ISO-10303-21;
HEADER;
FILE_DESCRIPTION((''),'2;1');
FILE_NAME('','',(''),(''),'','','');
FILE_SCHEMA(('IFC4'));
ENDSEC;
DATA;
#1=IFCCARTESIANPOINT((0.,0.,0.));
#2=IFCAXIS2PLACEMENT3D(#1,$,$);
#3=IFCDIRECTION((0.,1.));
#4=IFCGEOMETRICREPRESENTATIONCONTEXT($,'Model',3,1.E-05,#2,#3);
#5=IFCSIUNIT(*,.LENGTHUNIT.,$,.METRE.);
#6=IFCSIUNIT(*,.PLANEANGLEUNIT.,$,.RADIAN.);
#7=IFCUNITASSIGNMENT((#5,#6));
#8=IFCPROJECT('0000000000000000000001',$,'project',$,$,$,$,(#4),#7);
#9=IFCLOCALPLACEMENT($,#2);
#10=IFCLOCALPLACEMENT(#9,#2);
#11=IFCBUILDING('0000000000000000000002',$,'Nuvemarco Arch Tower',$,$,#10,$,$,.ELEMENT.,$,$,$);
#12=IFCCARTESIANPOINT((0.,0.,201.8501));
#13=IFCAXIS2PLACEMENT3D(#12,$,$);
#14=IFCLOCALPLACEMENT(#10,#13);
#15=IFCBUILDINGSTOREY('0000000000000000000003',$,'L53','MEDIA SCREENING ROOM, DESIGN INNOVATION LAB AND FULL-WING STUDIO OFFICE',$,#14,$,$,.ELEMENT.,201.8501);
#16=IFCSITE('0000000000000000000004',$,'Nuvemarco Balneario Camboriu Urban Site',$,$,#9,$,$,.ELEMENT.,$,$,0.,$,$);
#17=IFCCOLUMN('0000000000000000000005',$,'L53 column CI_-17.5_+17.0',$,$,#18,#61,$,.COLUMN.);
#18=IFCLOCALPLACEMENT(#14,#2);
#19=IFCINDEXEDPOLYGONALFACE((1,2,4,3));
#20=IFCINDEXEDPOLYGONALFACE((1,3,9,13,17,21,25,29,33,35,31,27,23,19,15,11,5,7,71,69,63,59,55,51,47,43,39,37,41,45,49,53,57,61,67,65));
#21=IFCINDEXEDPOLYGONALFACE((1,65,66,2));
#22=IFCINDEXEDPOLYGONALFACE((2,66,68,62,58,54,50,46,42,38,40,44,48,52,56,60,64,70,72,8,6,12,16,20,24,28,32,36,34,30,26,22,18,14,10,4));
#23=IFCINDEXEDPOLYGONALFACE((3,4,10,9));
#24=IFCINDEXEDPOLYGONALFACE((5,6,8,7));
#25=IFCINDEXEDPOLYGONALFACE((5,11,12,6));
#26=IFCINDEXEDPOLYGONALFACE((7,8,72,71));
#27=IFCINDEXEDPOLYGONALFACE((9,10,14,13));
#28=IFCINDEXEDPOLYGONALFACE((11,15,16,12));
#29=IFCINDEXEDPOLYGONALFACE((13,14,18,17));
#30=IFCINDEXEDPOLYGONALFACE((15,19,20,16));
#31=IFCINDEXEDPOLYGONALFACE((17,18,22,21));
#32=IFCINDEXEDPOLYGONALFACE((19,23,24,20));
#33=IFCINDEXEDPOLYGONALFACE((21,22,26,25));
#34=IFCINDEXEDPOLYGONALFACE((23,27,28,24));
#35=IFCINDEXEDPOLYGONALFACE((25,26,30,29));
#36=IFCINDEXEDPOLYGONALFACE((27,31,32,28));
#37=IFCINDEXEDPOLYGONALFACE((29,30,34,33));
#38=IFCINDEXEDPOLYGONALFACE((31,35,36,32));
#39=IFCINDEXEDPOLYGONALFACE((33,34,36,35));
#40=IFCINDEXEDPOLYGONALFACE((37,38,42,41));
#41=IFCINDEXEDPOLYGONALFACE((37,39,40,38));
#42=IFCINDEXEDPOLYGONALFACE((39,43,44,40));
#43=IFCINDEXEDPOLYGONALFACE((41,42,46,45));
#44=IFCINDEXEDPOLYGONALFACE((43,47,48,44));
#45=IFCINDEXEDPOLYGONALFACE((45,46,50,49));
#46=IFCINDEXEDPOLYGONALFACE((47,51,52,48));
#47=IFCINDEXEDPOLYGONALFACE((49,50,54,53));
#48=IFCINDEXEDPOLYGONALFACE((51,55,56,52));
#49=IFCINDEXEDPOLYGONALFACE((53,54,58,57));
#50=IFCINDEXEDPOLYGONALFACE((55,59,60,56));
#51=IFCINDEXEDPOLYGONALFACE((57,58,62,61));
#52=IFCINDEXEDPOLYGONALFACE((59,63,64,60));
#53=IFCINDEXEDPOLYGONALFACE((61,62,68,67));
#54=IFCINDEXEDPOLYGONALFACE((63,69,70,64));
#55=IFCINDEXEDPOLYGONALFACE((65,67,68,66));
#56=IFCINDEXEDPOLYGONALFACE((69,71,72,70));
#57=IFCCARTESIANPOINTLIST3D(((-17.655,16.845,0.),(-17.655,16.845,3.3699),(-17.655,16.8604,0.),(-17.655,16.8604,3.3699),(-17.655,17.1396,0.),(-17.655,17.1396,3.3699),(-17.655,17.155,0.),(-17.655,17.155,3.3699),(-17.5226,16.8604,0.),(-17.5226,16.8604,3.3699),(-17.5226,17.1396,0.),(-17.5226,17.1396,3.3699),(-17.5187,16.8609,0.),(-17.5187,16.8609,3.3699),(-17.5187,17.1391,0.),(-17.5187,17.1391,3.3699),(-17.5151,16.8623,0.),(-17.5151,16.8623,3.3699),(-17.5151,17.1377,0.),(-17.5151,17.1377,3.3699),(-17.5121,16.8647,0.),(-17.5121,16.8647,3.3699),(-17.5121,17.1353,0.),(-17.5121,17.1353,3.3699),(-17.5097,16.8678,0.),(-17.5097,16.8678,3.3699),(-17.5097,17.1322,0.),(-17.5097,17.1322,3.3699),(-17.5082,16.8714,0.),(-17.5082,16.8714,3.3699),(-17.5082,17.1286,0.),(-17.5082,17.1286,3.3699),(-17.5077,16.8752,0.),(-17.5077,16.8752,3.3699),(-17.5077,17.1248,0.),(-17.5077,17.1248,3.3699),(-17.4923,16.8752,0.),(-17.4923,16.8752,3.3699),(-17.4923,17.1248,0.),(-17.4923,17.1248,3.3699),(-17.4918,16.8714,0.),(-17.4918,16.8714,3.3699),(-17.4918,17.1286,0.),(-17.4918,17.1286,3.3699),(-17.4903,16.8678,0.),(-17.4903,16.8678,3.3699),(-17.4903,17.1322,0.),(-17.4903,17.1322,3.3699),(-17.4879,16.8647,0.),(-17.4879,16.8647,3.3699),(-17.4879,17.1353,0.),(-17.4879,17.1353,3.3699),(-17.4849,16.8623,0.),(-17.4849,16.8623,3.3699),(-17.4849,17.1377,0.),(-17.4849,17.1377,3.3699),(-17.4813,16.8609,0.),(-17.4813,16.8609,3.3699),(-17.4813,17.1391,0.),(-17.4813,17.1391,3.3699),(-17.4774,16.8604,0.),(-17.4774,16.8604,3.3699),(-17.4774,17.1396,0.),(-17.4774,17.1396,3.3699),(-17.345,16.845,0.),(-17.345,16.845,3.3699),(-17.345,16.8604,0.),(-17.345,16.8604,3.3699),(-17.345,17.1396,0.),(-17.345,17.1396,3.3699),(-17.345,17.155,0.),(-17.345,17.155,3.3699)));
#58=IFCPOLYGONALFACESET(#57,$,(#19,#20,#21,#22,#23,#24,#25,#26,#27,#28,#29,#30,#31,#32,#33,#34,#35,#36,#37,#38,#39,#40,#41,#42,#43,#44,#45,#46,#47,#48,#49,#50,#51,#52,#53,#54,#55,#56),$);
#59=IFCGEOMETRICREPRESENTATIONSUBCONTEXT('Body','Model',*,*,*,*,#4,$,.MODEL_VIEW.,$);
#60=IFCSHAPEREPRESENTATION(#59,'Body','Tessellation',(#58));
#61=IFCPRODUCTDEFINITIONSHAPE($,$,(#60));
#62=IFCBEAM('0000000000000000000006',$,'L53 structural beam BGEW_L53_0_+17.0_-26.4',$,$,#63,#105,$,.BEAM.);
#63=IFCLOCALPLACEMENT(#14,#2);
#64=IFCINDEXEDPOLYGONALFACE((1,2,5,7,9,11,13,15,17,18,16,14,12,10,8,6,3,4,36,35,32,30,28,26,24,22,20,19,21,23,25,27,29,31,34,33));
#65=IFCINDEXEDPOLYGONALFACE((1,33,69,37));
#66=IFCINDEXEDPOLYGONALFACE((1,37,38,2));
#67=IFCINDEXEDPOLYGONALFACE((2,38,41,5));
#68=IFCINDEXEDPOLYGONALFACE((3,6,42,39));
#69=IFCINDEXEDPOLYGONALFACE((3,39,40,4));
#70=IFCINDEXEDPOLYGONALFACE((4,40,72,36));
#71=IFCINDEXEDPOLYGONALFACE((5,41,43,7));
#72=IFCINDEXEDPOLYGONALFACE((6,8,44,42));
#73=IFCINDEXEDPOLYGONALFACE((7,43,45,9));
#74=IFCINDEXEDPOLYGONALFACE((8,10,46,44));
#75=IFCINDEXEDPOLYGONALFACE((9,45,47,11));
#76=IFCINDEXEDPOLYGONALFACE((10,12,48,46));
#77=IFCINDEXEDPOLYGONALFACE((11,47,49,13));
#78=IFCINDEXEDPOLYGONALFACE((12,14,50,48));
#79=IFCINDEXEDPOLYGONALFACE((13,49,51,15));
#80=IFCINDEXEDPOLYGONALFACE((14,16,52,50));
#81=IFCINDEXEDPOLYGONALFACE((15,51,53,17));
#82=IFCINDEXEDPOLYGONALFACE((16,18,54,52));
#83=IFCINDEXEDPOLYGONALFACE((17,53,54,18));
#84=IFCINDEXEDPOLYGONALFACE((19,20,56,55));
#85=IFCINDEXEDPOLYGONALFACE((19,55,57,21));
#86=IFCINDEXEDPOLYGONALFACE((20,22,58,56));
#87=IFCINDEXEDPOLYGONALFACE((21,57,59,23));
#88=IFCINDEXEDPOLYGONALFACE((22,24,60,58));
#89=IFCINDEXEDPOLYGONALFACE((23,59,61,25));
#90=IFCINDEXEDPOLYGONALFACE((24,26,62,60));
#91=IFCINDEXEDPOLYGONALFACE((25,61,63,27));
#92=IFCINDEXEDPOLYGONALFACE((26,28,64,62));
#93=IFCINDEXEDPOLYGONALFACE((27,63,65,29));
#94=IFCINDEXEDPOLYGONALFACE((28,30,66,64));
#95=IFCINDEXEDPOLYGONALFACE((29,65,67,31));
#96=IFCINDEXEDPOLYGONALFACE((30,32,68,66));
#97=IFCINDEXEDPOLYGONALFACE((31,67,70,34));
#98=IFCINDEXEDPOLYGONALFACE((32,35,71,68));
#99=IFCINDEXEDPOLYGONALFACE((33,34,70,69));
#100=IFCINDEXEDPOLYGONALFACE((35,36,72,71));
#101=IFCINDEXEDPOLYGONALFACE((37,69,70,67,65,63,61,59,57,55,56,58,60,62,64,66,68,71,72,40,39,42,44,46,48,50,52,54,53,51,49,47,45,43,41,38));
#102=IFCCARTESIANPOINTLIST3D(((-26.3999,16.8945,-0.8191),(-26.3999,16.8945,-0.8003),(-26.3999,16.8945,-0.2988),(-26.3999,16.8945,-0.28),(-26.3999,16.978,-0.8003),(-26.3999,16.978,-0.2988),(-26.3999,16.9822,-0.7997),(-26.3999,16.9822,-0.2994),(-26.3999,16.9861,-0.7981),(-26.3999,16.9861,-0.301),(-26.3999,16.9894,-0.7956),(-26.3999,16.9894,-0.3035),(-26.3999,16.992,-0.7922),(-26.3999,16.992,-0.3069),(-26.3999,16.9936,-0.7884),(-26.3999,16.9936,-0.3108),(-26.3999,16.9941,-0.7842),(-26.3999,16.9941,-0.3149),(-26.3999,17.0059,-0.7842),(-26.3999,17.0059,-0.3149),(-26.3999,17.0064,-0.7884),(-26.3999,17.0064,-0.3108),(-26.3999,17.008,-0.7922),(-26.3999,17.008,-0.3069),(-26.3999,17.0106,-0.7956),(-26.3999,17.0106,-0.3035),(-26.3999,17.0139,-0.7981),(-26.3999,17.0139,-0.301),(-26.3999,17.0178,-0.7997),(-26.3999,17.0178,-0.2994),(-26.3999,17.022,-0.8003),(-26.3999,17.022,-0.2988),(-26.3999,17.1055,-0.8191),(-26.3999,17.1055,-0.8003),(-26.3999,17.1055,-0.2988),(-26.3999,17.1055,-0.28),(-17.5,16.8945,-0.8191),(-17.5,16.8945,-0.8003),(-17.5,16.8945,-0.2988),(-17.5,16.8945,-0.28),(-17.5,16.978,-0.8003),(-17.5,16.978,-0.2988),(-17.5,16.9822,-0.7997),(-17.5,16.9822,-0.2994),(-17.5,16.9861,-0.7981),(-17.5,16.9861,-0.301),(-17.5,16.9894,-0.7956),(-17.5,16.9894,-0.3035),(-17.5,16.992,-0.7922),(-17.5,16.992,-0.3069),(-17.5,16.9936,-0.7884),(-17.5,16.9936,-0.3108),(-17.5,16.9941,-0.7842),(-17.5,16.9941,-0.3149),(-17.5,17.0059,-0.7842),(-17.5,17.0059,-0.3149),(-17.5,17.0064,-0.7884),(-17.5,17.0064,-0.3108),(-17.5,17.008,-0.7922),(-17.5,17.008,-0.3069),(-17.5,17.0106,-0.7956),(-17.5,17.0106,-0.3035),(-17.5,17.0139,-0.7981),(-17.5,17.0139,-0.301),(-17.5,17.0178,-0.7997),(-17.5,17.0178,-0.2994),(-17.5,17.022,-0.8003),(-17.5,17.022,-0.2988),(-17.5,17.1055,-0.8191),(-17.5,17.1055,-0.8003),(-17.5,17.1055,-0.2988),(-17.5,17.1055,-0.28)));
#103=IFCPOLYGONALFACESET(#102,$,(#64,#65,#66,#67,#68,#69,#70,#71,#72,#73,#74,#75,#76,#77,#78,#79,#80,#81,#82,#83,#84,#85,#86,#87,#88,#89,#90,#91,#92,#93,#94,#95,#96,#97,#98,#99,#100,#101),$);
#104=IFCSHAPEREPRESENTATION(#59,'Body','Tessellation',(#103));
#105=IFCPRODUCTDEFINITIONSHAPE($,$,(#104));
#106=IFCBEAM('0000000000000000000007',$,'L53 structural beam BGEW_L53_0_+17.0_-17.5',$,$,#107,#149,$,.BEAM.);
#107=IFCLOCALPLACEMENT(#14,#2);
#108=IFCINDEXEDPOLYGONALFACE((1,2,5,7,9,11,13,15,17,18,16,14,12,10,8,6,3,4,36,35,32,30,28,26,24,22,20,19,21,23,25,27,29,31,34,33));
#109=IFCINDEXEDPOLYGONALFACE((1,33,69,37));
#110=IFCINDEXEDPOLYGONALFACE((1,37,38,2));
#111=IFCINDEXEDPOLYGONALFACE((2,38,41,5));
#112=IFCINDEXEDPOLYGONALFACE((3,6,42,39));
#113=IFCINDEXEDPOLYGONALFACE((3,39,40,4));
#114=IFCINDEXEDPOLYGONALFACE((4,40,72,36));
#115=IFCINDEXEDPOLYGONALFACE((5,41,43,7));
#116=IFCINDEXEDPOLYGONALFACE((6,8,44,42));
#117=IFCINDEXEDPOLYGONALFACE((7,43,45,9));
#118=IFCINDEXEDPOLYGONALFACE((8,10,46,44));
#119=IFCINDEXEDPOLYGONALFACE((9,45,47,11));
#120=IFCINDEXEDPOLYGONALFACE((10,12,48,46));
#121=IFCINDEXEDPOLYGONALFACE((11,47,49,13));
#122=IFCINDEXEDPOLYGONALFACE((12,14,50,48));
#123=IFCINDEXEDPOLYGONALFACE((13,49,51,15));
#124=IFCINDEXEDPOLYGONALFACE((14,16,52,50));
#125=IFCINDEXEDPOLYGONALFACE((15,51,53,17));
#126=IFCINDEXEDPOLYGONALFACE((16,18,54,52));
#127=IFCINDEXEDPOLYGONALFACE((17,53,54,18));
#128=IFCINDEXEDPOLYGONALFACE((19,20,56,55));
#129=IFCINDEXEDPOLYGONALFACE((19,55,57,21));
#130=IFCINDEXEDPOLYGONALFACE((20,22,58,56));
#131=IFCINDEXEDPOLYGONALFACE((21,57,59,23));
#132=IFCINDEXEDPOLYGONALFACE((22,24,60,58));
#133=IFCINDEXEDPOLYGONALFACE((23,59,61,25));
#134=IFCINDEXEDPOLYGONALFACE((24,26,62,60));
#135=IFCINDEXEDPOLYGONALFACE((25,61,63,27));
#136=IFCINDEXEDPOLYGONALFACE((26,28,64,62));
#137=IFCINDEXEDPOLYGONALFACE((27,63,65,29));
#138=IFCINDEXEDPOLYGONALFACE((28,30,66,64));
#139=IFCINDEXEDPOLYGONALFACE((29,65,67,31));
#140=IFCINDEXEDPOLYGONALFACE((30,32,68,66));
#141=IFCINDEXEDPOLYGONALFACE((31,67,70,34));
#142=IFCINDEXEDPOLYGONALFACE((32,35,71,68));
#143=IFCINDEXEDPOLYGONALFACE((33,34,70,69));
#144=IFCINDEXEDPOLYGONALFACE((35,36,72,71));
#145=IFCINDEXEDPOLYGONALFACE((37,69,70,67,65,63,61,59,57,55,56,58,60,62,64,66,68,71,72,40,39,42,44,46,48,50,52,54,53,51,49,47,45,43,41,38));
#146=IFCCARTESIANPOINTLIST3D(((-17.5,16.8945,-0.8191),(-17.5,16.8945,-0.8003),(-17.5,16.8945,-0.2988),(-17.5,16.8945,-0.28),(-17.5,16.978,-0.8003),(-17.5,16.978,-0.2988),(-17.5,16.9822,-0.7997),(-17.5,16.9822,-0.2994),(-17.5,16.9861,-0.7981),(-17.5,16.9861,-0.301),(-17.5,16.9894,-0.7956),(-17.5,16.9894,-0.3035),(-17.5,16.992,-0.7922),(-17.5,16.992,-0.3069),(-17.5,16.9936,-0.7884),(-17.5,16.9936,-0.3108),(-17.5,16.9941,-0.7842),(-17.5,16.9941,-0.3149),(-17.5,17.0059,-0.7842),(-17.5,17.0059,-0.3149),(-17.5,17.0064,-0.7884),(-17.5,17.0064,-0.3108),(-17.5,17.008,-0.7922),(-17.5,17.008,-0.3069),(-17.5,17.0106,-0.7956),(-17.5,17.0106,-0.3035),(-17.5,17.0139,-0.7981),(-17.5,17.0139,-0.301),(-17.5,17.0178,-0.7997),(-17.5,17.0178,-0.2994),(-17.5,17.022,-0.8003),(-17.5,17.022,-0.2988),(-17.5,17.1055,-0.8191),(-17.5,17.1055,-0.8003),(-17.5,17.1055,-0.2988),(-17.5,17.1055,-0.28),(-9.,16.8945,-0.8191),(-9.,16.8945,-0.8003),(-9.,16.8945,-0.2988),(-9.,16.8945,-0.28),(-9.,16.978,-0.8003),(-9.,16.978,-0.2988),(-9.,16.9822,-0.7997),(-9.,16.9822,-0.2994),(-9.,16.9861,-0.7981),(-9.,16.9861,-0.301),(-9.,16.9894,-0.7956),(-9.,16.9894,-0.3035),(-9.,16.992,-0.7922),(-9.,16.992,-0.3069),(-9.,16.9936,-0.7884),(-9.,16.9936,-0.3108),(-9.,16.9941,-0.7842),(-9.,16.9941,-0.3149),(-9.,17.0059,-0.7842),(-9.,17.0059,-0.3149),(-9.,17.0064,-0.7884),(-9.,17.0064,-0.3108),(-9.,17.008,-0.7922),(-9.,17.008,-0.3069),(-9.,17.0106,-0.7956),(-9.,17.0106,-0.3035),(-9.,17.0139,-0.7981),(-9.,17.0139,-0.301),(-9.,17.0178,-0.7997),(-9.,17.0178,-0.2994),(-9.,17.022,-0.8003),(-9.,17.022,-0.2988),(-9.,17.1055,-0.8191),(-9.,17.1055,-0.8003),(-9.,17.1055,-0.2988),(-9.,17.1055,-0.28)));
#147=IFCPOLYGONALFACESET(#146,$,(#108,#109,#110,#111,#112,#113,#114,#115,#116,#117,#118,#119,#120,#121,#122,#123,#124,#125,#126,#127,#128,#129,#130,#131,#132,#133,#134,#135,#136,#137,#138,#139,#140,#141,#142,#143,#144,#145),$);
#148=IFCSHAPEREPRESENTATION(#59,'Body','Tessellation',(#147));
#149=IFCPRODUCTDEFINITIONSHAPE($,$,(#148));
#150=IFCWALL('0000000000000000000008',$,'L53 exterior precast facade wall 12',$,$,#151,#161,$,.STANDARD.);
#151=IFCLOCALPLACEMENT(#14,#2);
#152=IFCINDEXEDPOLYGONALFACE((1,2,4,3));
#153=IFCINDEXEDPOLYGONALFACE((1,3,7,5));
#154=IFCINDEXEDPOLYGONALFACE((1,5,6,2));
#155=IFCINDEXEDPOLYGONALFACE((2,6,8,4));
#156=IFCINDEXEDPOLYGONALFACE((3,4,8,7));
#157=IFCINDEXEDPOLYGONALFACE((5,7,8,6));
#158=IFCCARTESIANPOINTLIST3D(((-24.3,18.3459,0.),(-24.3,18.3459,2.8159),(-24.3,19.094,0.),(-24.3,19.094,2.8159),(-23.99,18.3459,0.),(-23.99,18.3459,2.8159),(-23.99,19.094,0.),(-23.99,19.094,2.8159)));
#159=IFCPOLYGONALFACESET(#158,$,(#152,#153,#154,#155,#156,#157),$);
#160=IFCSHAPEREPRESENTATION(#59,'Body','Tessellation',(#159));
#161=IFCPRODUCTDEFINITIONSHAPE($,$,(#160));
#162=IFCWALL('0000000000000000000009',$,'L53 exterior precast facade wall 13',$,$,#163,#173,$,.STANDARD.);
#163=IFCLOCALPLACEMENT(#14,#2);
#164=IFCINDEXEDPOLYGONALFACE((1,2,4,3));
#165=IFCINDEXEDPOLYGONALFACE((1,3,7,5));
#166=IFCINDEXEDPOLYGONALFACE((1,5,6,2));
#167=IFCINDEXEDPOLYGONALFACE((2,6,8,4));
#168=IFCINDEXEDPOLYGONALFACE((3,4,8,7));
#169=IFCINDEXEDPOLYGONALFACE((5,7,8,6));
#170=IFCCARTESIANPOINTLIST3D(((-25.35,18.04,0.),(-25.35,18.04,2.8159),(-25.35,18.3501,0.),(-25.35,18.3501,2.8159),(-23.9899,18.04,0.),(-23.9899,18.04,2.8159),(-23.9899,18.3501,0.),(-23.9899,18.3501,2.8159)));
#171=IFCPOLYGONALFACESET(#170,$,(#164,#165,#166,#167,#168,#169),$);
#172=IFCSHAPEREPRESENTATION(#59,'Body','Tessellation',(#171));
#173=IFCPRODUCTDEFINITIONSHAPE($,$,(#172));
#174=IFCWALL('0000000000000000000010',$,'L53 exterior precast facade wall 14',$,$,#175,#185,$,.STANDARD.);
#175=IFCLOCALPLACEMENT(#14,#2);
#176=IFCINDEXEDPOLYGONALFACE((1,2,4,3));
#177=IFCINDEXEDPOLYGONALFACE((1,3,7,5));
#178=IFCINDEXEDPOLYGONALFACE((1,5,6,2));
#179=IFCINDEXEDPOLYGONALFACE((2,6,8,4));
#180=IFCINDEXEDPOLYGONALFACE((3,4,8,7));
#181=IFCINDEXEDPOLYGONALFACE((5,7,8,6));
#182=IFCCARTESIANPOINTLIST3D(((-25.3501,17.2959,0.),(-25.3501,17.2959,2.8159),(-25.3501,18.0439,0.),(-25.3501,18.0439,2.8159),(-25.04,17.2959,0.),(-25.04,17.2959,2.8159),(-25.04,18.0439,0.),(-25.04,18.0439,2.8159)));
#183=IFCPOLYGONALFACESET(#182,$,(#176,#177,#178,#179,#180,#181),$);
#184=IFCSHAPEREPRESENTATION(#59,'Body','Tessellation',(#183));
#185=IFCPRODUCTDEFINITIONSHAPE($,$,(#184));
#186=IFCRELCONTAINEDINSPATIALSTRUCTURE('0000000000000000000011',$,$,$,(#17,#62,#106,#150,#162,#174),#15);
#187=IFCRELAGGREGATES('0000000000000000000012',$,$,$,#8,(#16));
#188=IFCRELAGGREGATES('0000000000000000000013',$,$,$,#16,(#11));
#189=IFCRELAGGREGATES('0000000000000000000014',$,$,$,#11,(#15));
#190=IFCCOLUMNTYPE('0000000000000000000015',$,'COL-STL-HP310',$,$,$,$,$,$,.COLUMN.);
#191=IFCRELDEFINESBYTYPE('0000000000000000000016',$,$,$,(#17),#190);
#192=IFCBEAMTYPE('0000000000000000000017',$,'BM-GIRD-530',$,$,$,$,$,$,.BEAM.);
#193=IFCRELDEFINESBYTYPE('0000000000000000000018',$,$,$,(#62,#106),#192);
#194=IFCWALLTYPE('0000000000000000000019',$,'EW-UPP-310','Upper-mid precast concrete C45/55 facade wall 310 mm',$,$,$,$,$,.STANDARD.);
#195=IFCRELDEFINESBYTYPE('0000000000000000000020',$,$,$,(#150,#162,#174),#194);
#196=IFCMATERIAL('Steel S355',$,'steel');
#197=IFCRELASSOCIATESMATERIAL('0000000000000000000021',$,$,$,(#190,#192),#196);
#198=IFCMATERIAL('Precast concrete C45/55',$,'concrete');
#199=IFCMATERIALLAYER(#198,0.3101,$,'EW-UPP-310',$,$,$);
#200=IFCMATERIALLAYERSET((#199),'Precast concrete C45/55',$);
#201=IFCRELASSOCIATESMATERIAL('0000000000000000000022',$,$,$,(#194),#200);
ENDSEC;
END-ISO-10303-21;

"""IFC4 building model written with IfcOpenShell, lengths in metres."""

from ifc_helpers import new_model, si_unit, direction, frame, frame_2d, origin, origin_2d, place, context, subcontext, project, spatial, rectangle, i_section, extrude, material, layer, layer_set, material_profile, profile_set, type_object, element, save


model = new_model("IFC4")

# Units and contexts
model_context = context("Model", 3, precision=1e-05, world=origin(), true_north=direction((0.0, 1.0)))
body_context = subcontext(model_context, "Body", "Model", "MODEL_VIEW")
ifc_project = project(units=[si_unit("LENGTHUNIT", "METRE"), si_unit("PLANEANGLEUNIT", "RADIAN")], contexts=[model_context])

# Site, building, storey
site_placement = place(None, origin())
site = spatial("IfcSite", under=ifc_project, at=site_placement, Name="Nuvemarco Balneario Camboriu Urban Site", CompositionType="ELEMENT", RefElevation=0.0)
building_placement = place(site_placement, origin())
building = spatial("IfcBuilding", under=site, at=building_placement, Name="Nuvemarco Arch Tower", CompositionType="ELEMENT")
storey_placement = place(building_placement, frame((0.0, 0.0, 201.8501)))
storey = spatial("IfcBuildingStorey", under=building, at=storey_placement, Name="L53", Description="MEDIA SCREENING ROOM, DESIGN INNOVATION LAB AND FULL-WING STUDIO OFFICE", CompositionType="ELEMENT", Elevation=201.8501)

# Column
ifc_material_1 = material(Name="Steel S355", Category="steel")
ifc_material_profile_1 = material_profile(ifc_material_1, i_section(OverallWidth=0.3101, OverallDepth=0.3101, WebThickness=0.0154, FlangeThickness=0.0154, FilletRadius=0.0149, at=origin_2d()), Name="HP310x110")
ifc_profile_set_1 = profile_set([ifc_material_profile_1], Name="Steel S355")
column_type = type_object("IfcColumnType", Name="COL-STL-HP310", PredefinedType="COLUMN", material=ifc_profile_set_1)
column_placement = place(storey_placement, frame((-17.5, 17.0, 0.0), z_axis=(0.0, 0.0, 1.0), x_axis=(1.0, 0.0, 0.0)))
element("IfcColumn", 1, at=column_placement, inside=storey, type_object=column_type, Name="L53 column CI_-17.5_+17.0", PredefinedType="COLUMN", context=body_context, shape_type="SweptSolid", body=[
    extrude(i_section(OverallWidth=0.3101, OverallDepth=0.3101, WebThickness=0.0154, FlangeThickness=0.0154, FilletRadius=0.0149, at=origin_2d()), origin(), (0.0, 0.0, 1.0), 3.3699),
])

# Beams
ifc_material_profile_2 = material_profile(ifc_material_1, i_section(OverallWidth=0.2109, OverallDepth=0.5391, WebThickness=0.0117, FlangeThickness=0.0188, FilletRadius=0.0161, at=origin_2d()), Name="W530x109")
ifc_profile_set_2 = profile_set([ifc_material_profile_2], Name="Steel S355")
beam_type = type_object("IfcBeamType", Name="BM-GIRD-530", PredefinedType="BEAM", material=ifc_profile_set_2)
beam_1_placement = place(storey_placement, frame((-26.3999, 17.0, -0.5496), z_axis=(1.0, 0.0, 0.0), x_axis=(0.0, 1.0, 0.0)))
element("IfcBeam", 2, at=beam_1_placement, inside=storey, type_object=beam_type, Name="L53 structural beam BGEW_L53_0_+17.0_-26.4", PredefinedType="BEAM", context=body_context, shape_type="SweptSolid", body=[
    extrude(i_section(OverallWidth=0.2109, OverallDepth=0.5391, WebThickness=0.0117, FlangeThickness=0.0188, FilletRadius=0.0161, at=origin_2d()), origin(), (0.0, 0.0, 1.0), 8.8999),
])
beam_2_placement = place(storey_placement, frame((-17.5, 17.0, -0.5496), z_axis=(1.0, 0.0, 0.0), x_axis=(0.0, 1.0, 0.0)))
element("IfcBeam", 3, at=beam_2_placement, inside=storey, type_object=beam_type, Name="L53 structural beam BGEW_L53_0_+17.0_-17.5", PredefinedType="BEAM", context=body_context, shape_type="SweptSolid", body=[
    extrude(i_section(OverallWidth=0.2109, OverallDepth=0.5391, WebThickness=0.0117, FlangeThickness=0.0188, FilletRadius=0.0161, at=origin_2d()), origin(), (0.0, 0.0, 1.0), 8.5),
])

# Shared definitions
ifc_material_2 = material(Name="Precast concrete C45/55", Category="concrete")
ifc_layer = layer(ifc_material_2, 0.3101, Name="EW-UPP-310")
ifc_layer_set = layer_set([ifc_layer], Name="Precast concrete C45/55")
wall_type = type_object("IfcWallType", Name="EW-UPP-310", Description="Upper-mid precast concrete C45/55 facade wall 310 mm", PredefinedType="STANDARD", material=ifc_layer_set)

# Walls
wall_1_placement = place(storey_placement, frame((-24.145, 18.3459, 0.0), z_axis=(0.0, 0.0, 1.0), x_axis=(0.0, 1.0, 0.0)))
element("IfcWall", 4, at=wall_1_placement, inside=storey, type_object=wall_type, Name="L53 exterior precast facade wall 12", PredefinedType="STANDARD", context=body_context, shape_type="SweptSolid", body=[
    extrude(rectangle(XDim=0.748, YDim=0.3101, at=frame_2d((0.374, 0.0))), origin(), (0.0, 0.0, 1.0), 2.8159),
])
wall_2_placement = place(storey_placement, frame((-25.3501, 18.1951, 0.0), z_axis=(0.0, 0.0, 1.0), x_axis=(1.0, 0.0, 0.0)))
element("IfcWall", 5, at=wall_2_placement, inside=storey, type_object=wall_type, Name="L53 exterior precast facade wall 13", PredefinedType="STANDARD", context=body_context, shape_type="SweptSolid", body=[
    extrude(rectangle(XDim=1.3601, YDim=0.3101, at=frame_2d((0.6802, 0.0))), origin(), (0.0, 0.0, 1.0), 2.8159),
])
wall_3_placement = place(storey_placement, frame((-25.1951, 17.2959, 0.0), z_axis=(0.0, 0.0, 1.0), x_axis=(0.0, 1.0, 0.0)))
element("IfcWall", 6, at=wall_3_placement, inside=storey, type_object=wall_type, Name="L53 exterior precast facade wall 14", PredefinedType="STANDARD", context=body_context, shape_type="SweptSolid", body=[
    extrude(rectangle(XDim=0.748, YDim=0.3101, at=frame_2d((0.374, 0.0))), origin(), (0.0, 0.0, 1.0), 2.8159),
])

save(model, "model.ifc")
